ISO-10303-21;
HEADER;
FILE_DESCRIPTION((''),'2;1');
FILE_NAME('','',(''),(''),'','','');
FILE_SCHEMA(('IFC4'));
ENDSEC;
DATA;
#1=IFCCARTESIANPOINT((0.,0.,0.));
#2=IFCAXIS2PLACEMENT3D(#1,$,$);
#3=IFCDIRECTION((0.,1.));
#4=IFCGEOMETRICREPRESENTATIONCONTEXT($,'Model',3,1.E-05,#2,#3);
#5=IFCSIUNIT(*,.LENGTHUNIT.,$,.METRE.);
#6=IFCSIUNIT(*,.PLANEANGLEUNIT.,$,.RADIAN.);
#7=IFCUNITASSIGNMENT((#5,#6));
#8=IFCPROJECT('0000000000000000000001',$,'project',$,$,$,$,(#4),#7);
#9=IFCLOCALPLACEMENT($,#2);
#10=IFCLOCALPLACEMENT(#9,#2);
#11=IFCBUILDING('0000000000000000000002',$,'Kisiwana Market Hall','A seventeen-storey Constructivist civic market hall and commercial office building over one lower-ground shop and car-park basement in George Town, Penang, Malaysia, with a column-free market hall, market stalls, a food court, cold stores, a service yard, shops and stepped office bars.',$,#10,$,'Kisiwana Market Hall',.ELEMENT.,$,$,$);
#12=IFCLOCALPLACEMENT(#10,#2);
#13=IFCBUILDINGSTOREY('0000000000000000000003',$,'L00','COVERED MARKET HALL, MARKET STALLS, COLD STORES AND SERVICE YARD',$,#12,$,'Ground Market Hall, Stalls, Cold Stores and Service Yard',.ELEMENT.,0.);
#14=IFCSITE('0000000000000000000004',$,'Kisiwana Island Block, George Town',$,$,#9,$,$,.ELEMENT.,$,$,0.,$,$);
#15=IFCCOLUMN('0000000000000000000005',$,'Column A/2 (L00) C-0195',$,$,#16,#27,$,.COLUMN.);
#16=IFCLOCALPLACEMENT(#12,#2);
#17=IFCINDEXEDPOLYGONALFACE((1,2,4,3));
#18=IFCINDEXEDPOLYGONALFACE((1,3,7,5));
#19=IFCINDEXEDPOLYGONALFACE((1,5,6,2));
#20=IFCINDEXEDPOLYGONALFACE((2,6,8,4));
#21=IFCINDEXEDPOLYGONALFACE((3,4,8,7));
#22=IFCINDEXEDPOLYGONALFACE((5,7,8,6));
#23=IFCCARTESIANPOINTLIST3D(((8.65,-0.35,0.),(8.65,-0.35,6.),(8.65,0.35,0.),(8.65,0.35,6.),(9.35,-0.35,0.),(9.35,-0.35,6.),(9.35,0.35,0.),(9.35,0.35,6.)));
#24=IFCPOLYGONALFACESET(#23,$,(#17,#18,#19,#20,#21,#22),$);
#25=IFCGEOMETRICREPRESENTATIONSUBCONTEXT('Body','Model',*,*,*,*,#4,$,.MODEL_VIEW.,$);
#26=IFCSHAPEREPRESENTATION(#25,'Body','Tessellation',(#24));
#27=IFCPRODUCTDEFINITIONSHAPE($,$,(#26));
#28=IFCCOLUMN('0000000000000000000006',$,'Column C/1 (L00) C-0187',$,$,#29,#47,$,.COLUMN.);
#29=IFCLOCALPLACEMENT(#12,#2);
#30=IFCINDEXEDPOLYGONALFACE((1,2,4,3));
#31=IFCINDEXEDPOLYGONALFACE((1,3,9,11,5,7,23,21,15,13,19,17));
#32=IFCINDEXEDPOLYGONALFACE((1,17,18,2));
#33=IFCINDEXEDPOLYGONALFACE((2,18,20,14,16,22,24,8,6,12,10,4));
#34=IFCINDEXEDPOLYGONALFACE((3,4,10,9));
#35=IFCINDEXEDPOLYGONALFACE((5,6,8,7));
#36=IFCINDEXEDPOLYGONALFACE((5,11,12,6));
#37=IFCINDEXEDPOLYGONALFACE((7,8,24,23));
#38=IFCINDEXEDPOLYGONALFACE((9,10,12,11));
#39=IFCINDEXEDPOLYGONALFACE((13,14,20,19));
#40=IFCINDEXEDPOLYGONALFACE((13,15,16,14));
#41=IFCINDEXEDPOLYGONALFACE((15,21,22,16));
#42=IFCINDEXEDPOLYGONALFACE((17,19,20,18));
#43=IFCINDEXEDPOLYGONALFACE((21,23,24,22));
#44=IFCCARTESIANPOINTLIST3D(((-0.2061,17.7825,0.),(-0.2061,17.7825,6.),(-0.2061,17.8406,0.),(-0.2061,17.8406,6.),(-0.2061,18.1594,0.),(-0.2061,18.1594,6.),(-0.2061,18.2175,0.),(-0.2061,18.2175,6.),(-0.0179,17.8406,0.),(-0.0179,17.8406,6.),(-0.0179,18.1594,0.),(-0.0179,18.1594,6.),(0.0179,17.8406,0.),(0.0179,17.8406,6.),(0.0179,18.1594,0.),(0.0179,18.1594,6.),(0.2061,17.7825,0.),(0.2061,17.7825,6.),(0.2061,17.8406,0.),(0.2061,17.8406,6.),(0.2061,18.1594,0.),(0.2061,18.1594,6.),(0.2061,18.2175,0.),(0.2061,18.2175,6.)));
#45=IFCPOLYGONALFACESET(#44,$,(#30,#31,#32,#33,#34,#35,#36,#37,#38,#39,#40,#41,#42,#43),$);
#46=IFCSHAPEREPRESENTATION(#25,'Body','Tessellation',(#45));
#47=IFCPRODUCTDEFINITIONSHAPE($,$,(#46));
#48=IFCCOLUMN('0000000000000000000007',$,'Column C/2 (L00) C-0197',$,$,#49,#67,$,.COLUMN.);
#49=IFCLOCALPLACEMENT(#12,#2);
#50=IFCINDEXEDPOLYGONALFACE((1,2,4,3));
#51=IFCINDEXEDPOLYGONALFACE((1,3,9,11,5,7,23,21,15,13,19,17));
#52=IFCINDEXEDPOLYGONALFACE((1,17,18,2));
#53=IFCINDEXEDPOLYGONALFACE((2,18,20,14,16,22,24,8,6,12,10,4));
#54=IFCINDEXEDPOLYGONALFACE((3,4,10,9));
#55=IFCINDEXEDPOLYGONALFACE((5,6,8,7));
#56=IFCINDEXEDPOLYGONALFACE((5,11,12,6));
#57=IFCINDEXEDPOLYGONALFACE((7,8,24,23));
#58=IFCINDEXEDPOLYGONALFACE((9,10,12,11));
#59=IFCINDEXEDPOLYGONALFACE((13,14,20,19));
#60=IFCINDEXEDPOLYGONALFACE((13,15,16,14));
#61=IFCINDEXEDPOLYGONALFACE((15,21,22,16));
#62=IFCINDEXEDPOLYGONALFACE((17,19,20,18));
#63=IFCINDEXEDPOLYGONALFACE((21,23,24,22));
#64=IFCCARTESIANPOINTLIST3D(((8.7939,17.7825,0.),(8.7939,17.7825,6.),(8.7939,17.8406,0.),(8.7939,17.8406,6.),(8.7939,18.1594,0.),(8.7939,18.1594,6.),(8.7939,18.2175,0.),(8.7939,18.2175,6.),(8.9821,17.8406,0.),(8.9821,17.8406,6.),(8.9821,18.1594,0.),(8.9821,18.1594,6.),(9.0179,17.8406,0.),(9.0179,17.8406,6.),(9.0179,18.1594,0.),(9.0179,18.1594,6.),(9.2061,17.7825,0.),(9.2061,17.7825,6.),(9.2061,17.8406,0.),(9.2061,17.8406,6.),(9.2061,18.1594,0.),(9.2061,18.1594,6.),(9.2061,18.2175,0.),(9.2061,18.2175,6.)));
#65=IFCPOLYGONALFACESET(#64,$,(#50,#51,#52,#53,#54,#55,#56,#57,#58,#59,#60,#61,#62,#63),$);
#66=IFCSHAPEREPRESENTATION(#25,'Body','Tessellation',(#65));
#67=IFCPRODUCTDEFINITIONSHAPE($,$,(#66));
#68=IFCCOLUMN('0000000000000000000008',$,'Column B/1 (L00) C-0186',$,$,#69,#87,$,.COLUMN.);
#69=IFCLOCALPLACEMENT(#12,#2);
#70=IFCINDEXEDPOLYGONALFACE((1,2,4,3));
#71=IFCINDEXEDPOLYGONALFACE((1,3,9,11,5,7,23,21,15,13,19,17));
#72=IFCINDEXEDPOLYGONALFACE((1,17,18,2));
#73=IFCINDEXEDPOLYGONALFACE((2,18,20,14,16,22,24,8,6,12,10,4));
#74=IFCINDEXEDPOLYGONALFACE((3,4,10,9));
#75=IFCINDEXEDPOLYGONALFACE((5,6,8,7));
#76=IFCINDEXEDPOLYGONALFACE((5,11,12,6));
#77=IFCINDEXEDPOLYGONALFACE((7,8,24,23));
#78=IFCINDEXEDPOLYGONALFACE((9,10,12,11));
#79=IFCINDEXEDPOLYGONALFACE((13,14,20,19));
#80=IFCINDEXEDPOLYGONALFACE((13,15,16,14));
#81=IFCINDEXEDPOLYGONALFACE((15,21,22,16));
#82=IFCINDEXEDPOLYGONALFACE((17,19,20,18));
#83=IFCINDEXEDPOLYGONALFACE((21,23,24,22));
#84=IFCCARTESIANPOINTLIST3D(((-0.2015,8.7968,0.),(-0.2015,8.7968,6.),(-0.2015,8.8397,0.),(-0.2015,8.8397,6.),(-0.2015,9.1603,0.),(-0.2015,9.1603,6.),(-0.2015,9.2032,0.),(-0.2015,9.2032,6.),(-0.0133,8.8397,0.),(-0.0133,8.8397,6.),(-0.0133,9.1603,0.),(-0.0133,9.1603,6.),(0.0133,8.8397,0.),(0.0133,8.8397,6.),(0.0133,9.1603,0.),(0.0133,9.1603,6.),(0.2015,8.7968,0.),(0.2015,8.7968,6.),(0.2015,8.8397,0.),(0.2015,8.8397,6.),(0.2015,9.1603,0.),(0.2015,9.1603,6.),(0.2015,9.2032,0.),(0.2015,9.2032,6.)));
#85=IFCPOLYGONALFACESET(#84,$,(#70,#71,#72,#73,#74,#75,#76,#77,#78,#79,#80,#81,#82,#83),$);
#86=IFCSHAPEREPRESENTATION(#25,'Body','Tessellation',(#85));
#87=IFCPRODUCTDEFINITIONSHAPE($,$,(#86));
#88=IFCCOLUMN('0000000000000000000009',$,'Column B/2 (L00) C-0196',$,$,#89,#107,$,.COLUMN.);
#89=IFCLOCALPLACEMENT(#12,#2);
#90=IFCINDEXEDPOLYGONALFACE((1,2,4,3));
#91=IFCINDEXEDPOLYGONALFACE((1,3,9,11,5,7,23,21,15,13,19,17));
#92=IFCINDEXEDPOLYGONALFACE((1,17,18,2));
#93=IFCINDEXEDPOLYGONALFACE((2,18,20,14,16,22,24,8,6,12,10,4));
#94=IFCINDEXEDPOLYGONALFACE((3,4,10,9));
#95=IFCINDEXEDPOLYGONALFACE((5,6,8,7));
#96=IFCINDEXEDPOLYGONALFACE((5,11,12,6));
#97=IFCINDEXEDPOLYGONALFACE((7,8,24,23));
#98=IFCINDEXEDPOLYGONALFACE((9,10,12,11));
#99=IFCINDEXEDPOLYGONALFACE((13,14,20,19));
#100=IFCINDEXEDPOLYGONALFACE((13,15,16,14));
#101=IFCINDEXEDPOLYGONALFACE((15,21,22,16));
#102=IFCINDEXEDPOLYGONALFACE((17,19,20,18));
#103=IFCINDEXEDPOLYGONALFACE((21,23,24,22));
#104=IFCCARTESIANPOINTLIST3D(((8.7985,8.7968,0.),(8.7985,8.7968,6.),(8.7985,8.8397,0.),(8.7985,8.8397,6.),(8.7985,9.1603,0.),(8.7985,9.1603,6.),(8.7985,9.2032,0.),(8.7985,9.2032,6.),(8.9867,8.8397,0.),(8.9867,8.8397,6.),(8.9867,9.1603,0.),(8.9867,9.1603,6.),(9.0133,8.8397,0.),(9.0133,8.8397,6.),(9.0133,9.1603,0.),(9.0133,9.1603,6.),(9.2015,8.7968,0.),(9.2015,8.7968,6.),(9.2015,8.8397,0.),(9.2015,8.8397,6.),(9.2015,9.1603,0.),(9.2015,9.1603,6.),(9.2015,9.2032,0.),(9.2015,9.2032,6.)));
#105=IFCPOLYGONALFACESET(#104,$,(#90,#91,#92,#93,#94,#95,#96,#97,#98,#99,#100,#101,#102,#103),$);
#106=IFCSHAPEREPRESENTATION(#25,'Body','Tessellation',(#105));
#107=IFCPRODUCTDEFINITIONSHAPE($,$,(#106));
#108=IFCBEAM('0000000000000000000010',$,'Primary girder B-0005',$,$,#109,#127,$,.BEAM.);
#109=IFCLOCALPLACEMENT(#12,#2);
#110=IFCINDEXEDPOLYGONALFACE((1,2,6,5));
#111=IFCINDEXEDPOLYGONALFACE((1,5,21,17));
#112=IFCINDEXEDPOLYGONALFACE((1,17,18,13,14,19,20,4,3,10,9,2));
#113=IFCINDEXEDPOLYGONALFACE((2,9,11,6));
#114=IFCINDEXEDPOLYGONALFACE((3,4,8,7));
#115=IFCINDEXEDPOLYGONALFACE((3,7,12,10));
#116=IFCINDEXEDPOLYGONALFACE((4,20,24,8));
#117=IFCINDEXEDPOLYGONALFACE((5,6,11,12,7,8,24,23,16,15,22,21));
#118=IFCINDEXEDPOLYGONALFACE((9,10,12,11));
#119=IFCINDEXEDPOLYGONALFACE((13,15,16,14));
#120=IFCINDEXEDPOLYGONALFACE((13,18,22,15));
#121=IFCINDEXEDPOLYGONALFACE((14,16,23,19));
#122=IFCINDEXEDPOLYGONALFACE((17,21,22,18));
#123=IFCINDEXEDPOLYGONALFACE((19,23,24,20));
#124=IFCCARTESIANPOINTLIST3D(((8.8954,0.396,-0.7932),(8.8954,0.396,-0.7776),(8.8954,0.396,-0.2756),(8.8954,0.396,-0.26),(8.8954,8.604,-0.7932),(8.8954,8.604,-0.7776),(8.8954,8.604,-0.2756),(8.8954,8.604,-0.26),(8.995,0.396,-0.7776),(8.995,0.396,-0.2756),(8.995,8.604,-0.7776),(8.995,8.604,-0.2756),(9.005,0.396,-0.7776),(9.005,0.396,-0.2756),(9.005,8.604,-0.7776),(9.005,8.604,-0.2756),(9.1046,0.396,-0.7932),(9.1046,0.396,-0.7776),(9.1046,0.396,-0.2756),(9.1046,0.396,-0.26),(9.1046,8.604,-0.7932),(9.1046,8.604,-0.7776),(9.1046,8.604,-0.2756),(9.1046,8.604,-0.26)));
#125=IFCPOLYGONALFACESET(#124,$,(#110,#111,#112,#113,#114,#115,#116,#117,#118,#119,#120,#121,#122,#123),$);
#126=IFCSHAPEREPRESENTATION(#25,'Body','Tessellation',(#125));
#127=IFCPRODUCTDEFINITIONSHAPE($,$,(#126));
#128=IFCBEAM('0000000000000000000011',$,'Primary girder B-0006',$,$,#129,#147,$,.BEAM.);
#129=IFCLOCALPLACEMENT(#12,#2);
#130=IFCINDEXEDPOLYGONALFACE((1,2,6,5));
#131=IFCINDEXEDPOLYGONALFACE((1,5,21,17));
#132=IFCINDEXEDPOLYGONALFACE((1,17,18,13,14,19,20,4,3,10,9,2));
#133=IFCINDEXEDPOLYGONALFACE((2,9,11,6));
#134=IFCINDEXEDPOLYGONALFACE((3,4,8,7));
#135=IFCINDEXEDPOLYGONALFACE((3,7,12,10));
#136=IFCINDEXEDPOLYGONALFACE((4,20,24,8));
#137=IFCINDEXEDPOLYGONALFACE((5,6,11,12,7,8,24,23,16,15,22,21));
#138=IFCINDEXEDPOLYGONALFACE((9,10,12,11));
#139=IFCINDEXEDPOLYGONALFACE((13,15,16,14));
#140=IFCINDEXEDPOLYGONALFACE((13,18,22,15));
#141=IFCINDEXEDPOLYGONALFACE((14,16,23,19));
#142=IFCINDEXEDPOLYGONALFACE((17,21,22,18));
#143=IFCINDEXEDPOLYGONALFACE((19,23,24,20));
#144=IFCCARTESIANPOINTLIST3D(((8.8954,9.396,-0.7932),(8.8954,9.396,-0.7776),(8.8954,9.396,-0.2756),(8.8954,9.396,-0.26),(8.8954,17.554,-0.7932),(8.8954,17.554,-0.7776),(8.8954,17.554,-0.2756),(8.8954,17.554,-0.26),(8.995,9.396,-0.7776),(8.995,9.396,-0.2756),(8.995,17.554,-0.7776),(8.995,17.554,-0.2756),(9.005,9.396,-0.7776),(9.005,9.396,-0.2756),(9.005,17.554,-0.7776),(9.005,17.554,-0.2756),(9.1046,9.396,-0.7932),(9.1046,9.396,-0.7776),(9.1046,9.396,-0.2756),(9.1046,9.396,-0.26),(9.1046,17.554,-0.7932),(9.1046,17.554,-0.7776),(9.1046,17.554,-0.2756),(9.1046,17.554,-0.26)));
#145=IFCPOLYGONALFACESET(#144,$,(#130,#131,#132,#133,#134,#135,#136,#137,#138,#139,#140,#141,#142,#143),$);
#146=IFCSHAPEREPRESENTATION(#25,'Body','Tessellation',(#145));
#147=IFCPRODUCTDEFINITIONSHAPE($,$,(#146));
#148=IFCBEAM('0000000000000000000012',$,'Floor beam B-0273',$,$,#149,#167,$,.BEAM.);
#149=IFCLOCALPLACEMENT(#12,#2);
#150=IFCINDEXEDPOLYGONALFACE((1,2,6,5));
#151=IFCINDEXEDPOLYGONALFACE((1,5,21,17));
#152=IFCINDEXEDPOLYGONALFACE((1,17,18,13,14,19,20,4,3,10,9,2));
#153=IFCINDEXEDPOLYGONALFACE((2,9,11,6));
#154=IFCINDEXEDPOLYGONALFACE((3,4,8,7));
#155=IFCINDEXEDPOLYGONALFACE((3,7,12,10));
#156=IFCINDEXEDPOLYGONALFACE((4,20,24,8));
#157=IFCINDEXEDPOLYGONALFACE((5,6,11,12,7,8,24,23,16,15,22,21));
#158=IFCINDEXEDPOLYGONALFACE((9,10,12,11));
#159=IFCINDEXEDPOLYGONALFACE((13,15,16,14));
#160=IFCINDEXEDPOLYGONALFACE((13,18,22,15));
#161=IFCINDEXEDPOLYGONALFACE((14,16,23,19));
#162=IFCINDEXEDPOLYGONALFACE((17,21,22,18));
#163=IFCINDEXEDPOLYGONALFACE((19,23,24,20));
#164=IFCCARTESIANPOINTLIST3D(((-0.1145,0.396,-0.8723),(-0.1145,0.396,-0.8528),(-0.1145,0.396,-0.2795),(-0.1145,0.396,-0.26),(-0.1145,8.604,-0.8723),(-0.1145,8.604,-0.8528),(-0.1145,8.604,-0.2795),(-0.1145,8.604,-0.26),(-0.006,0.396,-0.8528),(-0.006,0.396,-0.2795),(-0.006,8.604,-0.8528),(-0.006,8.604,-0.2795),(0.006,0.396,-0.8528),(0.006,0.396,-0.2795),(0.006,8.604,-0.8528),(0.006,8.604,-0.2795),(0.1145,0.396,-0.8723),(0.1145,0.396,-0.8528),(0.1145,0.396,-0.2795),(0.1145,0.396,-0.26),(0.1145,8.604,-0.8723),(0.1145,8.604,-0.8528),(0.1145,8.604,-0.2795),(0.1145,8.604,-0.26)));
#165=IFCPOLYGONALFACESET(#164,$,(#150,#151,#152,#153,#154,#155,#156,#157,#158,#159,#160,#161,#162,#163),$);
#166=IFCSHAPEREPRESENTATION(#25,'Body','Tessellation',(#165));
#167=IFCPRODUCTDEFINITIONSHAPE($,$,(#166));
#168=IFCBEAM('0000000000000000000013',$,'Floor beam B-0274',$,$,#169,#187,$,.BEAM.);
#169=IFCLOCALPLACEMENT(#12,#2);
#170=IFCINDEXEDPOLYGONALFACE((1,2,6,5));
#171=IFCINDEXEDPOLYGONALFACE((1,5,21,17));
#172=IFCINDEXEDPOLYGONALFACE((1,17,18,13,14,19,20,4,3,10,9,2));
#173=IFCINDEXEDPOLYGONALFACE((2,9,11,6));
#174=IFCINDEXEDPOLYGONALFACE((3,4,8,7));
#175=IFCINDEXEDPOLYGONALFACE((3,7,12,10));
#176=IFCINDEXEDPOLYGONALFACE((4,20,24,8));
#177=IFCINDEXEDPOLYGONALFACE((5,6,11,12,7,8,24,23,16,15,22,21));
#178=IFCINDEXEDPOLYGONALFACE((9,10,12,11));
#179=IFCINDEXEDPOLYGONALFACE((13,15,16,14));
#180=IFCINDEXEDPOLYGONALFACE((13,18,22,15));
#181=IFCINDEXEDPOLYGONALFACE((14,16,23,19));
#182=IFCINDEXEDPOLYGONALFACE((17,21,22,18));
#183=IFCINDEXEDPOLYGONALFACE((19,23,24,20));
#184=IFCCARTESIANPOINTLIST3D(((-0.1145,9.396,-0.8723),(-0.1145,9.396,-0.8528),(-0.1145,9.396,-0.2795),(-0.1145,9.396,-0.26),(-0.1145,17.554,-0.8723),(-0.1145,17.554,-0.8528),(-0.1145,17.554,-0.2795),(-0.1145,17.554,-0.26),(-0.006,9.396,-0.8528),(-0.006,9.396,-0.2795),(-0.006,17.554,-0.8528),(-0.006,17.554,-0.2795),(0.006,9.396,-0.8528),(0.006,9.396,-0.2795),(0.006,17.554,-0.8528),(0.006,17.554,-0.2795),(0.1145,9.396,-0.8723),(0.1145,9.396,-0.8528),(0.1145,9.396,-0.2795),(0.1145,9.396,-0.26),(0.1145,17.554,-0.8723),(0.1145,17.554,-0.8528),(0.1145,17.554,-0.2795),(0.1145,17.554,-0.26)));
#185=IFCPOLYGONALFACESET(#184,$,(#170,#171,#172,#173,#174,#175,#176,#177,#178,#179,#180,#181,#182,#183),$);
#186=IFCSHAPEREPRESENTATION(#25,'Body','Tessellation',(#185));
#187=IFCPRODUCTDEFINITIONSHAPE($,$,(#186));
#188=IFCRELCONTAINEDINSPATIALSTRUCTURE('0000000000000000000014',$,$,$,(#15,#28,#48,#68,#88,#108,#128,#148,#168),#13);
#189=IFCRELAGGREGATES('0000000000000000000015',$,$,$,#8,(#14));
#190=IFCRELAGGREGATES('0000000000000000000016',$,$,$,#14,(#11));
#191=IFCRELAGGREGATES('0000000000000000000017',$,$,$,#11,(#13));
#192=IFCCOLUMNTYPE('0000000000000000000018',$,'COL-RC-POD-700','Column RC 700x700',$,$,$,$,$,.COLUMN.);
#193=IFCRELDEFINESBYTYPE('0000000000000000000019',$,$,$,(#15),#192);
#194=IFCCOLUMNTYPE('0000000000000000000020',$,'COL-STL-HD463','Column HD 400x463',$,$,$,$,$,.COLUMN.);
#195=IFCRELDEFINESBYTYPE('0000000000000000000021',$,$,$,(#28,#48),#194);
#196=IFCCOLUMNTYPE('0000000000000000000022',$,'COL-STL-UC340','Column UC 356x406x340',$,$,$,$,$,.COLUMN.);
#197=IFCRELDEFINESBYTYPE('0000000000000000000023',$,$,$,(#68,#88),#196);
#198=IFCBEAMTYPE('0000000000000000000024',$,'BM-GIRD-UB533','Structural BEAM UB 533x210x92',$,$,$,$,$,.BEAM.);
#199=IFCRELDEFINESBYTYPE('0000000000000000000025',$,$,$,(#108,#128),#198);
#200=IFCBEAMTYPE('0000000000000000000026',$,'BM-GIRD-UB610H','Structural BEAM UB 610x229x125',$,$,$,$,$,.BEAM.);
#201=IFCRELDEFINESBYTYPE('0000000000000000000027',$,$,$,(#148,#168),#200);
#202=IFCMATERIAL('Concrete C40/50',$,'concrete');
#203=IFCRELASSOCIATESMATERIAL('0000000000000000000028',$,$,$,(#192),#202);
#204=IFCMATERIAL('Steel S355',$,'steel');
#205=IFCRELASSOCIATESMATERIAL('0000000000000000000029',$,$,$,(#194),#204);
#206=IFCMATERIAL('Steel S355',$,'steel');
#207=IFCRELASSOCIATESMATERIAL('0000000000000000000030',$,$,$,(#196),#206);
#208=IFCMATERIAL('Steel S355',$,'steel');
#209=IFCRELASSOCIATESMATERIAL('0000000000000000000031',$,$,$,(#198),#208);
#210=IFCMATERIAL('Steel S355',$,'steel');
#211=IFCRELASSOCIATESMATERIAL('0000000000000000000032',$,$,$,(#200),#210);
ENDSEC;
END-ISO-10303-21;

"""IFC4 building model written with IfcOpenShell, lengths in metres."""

from ifc_helpers import new_model, si_unit, direction, frame, origin, origin_2d, place, context, subcontext, project, spatial, rectangle, i_section, extrude, material, material_profile, profile_set, type_object, element, save


model = new_model("IFC4")

# Units and contexts
model_context = context("Model", 3, precision=1e-05, world=origin(), true_north=direction((0.0, 1.0)))
body_context = subcontext(model_context, "Body", "Model", "MODEL_VIEW")
ifc_project = project(units=[si_unit("LENGTHUNIT", "METRE"), si_unit("PLANEANGLEUNIT", "RADIAN")], contexts=[model_context])

# Site, building, storey
site_placement = place(None, origin())
site = spatial("IfcSite", under=ifc_project, at=site_placement, Name="Kisiwana Island Block, George Town", CompositionType="ELEMENT", RefElevation=0.0)
building_placement = place(site_placement, origin())
building = spatial("IfcBuilding", under=site, at=building_placement, Name="Kisiwana Market Hall", Description="A seventeen-storey Constructivist civic market hall and commercial office building over one lower-ground shop and car-park basement in George Town, Penang, Malaysia, with a column-free market hall, market stalls, a food court, cold stores, a service yard, shops and stepped office bars.", LongName="Kisiwana Market Hall", CompositionType="ELEMENT")
storey_placement = place(building_placement, origin())
storey = spatial("IfcBuildingStorey", under=building, at=storey_placement, Name="L00", Description="COVERED MARKET HALL, MARKET STALLS, COLD STORES AND SERVICE YARD", LongName="Ground Market Hall, Stalls, Cold Stores and Service Yard", CompositionType="ELEMENT", Elevation=0.0)

# Columns
ifc_material_1 = material(Name="Concrete C40/50", Category="concrete")
ifc_material_profile_1 = material_profile(ifc_material_1, rectangle(XDim=0.7, YDim=0.7, at=origin_2d()), Name="RC 700x700")
ifc_profile_set_1 = profile_set([ifc_material_profile_1], Name="Concrete C40/50")
column_type_1 = type_object("IfcColumnType", Name="COL-RC-POD-700", Description="Column RC 700x700", PredefinedType="COLUMN", material=ifc_profile_set_1)
column_placement = place(storey_placement, frame((9.0, 0.0, 0.0), z_axis=(0.0, 0.0, 1.0), x_axis=(1.0, 0.0, 0.0)))
element("IfcColumn", 1, at=column_placement, inside=storey, type_object=column_type_1, Name="Column A/2 (L00) C-0195", PredefinedType="COLUMN", context=body_context, shape_type="SweptSolid", body=[
    extrude(rectangle(XDim=0.7, YDim=0.7, at=origin_2d()), origin(), (0.0, 0.0, 1.0), 6.0),
])
ifc_material_2 = material(Name="Steel S355", Category="steel")
ifc_material_profile_2 = material_profile(ifc_material_2, i_section(OverallWidth=0.4121, OverallDepth=0.4351, WebThickness=0.0359, FlangeThickness=0.0581, at=origin_2d()), Name="HD 400x463")
ifc_profile_set_2 = profile_set([ifc_material_profile_2], Name="Steel S355")
column_type_2 = type_object("IfcColumnType", Name="COL-STL-HD463", Description="Column HD 400x463", PredefinedType="COLUMN", material=ifc_profile_set_2)
for number, where, z_axis, x_axis, name in (
    (2, (0.0, 18.0, 0.0), (0.0, 0.0, 1.0), (1.0, 0.0, 0.0), "Column C/1 (L00) C-0187"),
    (3, (9.0, 18.0, 0.0), (0.0, 0.0, 1.0), (1.0, 0.0, 0.0), "Column C/2 (L00) C-0197"),
):
    element("IfcColumn", number, at=place(storey_placement, frame(where, z_axis=z_axis, x_axis=x_axis)), inside=storey, type_object=column_type_2, Name=name, PredefinedType="COLUMN", context=body_context, shape_type="SweptSolid", body=[
        extrude(i_section(OverallWidth=0.4121, OverallDepth=0.4351, WebThickness=0.0359, FlangeThickness=0.0581, at=origin_2d()), origin(), (0.0, 0.0, 1.0), 6.0),
    ])
ifc_material_3 = material(Name="Steel S355", Category="steel")
ifc_material_profile_3 = material_profile(ifc_material_3, i_section(OverallWidth=0.4031, OverallDepth=0.4065, WebThickness=0.0266, FlangeThickness=0.043, at=origin_2d()), Name="UC 356x406x340")
ifc_profile_set_3 = profile_set([ifc_material_profile_3], Name="Steel S355")
column_type_3 = type_object("IfcColumnType", Name="COL-STL-UC340", Description="Column UC 356x406x340", PredefinedType="COLUMN", material=ifc_profile_set_3)
for number, where, z_axis, x_axis, name in (
    (4, (0.0, 9.0, 0.0), (0.0, 0.0, 1.0), (1.0, 0.0, 0.0), "Column B/1 (L00) C-0186"),
    (5, (9.0, 9.0, 0.0), (0.0, 0.0, 1.0), (1.0, 0.0, 0.0), "Column B/2 (L00) C-0196"),
):
    element("IfcColumn", number, at=place(storey_placement, frame(where, z_axis=z_axis, x_axis=x_axis)), inside=storey, type_object=column_type_3, Name=name, PredefinedType="COLUMN", context=body_context, shape_type="SweptSolid", body=[
        extrude(i_section(OverallWidth=0.4031, OverallDepth=0.4065, WebThickness=0.0266, FlangeThickness=0.043, at=origin_2d()), origin(), (0.0, 0.0, 1.0), 6.0),
    ])

# Beams
ifc_material_4 = material(Name="Steel S355", Category="steel")
ifc_material_profile_4 = material_profile(ifc_material_4, i_section(OverallWidth=0.2092, OverallDepth=0.5332, WebThickness=0.01, FlangeThickness=0.0156, at=origin_2d()), Name="UB 533x210x92")
ifc_profile_set_4 = profile_set([ifc_material_profile_4], Name="Steel S355")
beam_type_1 = type_object("IfcBeamType", Name="BM-GIRD-UB533", Description="Structural BEAM UB 533x210x92", PredefinedType="BEAM", material=ifc_profile_set_4)
beam_1_placement = place(storey_placement, frame((9.0, 0.396, -0.5266), z_axis=(0.0, 1.0, 0.0), x_axis=(-1.0, 0.0, 0.0)))
element("IfcBeam", 6, at=beam_1_placement, inside=storey, type_object=beam_type_1, Name="Primary girder B-0005", PredefinedType="BEAM", context=body_context, shape_type="SweptSolid", body=[
    extrude(i_section(OverallWidth=0.2092, OverallDepth=0.5332, WebThickness=0.01, FlangeThickness=0.0156, at=origin_2d()), origin(), (0.0, 0.0, 1.0), 8.208),
])
beam_2_placement = place(storey_placement, frame((9.0, 9.396, -0.5266), z_axis=(0.0, 1.0, 0.0), x_axis=(-1.0, 0.0, 0.0)))
element("IfcBeam", 7, at=beam_2_placement, inside=storey, type_object=beam_type_1, Name="Primary girder B-0006", PredefinedType="BEAM", context=body_context, shape_type="SweptSolid", body=[
    extrude(i_section(OverallWidth=0.2092, OverallDepth=0.5332, WebThickness=0.01, FlangeThickness=0.0156, at=origin_2d()), origin(), (0.0, 0.0, 1.0), 8.158),
])
ifc_material_5 = material(Name="Steel S355", Category="steel")
ifc_material_profile_5 = material_profile(ifc_material_5, i_section(OverallWidth=0.229, OverallDepth=0.6123, WebThickness=0.012, FlangeThickness=0.0195, at=origin_2d()), Name="UB 610x229x125")
ifc_profile_set_5 = profile_set([ifc_material_profile_5], Name="Steel S355")
beam_type_2 = type_object("IfcBeamType", Name="BM-GIRD-UB610H", Description="Structural BEAM UB 610x229x125", PredefinedType="BEAM", material=ifc_profile_set_5)
beam_3_placement = place(storey_placement, frame((0.0, 0.396, -0.5662), z_axis=(0.0, 1.0, 0.0), x_axis=(-1.0, 0.0, 0.0)))
element("IfcBeam", 8, at=beam_3_placement, inside=storey, type_object=beam_type_2, Name="Floor beam B-0273", PredefinedType="BEAM", context=body_context, shape_type="SweptSolid", body=[
    extrude(i_section(OverallWidth=0.229, OverallDepth=0.6123, WebThickness=0.012, FlangeThickness=0.0195, at=origin_2d()), origin(), (0.0, 0.0, 1.0), 8.208),
])
beam_4_placement = place(storey_placement, frame((0.0, 9.396, -0.5662), z_axis=(0.0, 1.0, 0.0), x_axis=(-1.0, 0.0, 0.0)))
element("IfcBeam", 9, at=beam_4_placement, inside=storey, type_object=beam_type_2, Name="Floor beam B-0274", PredefinedType="BEAM", context=body_context, shape_type="SweptSolid", body=[
    extrude(i_section(OverallWidth=0.229, OverallDepth=0.6123, WebThickness=0.012, FlangeThickness=0.0195, at=origin_2d()), origin(), (0.0, 0.0, 1.0), 8.158),
])

save(model, "model.ifc")
